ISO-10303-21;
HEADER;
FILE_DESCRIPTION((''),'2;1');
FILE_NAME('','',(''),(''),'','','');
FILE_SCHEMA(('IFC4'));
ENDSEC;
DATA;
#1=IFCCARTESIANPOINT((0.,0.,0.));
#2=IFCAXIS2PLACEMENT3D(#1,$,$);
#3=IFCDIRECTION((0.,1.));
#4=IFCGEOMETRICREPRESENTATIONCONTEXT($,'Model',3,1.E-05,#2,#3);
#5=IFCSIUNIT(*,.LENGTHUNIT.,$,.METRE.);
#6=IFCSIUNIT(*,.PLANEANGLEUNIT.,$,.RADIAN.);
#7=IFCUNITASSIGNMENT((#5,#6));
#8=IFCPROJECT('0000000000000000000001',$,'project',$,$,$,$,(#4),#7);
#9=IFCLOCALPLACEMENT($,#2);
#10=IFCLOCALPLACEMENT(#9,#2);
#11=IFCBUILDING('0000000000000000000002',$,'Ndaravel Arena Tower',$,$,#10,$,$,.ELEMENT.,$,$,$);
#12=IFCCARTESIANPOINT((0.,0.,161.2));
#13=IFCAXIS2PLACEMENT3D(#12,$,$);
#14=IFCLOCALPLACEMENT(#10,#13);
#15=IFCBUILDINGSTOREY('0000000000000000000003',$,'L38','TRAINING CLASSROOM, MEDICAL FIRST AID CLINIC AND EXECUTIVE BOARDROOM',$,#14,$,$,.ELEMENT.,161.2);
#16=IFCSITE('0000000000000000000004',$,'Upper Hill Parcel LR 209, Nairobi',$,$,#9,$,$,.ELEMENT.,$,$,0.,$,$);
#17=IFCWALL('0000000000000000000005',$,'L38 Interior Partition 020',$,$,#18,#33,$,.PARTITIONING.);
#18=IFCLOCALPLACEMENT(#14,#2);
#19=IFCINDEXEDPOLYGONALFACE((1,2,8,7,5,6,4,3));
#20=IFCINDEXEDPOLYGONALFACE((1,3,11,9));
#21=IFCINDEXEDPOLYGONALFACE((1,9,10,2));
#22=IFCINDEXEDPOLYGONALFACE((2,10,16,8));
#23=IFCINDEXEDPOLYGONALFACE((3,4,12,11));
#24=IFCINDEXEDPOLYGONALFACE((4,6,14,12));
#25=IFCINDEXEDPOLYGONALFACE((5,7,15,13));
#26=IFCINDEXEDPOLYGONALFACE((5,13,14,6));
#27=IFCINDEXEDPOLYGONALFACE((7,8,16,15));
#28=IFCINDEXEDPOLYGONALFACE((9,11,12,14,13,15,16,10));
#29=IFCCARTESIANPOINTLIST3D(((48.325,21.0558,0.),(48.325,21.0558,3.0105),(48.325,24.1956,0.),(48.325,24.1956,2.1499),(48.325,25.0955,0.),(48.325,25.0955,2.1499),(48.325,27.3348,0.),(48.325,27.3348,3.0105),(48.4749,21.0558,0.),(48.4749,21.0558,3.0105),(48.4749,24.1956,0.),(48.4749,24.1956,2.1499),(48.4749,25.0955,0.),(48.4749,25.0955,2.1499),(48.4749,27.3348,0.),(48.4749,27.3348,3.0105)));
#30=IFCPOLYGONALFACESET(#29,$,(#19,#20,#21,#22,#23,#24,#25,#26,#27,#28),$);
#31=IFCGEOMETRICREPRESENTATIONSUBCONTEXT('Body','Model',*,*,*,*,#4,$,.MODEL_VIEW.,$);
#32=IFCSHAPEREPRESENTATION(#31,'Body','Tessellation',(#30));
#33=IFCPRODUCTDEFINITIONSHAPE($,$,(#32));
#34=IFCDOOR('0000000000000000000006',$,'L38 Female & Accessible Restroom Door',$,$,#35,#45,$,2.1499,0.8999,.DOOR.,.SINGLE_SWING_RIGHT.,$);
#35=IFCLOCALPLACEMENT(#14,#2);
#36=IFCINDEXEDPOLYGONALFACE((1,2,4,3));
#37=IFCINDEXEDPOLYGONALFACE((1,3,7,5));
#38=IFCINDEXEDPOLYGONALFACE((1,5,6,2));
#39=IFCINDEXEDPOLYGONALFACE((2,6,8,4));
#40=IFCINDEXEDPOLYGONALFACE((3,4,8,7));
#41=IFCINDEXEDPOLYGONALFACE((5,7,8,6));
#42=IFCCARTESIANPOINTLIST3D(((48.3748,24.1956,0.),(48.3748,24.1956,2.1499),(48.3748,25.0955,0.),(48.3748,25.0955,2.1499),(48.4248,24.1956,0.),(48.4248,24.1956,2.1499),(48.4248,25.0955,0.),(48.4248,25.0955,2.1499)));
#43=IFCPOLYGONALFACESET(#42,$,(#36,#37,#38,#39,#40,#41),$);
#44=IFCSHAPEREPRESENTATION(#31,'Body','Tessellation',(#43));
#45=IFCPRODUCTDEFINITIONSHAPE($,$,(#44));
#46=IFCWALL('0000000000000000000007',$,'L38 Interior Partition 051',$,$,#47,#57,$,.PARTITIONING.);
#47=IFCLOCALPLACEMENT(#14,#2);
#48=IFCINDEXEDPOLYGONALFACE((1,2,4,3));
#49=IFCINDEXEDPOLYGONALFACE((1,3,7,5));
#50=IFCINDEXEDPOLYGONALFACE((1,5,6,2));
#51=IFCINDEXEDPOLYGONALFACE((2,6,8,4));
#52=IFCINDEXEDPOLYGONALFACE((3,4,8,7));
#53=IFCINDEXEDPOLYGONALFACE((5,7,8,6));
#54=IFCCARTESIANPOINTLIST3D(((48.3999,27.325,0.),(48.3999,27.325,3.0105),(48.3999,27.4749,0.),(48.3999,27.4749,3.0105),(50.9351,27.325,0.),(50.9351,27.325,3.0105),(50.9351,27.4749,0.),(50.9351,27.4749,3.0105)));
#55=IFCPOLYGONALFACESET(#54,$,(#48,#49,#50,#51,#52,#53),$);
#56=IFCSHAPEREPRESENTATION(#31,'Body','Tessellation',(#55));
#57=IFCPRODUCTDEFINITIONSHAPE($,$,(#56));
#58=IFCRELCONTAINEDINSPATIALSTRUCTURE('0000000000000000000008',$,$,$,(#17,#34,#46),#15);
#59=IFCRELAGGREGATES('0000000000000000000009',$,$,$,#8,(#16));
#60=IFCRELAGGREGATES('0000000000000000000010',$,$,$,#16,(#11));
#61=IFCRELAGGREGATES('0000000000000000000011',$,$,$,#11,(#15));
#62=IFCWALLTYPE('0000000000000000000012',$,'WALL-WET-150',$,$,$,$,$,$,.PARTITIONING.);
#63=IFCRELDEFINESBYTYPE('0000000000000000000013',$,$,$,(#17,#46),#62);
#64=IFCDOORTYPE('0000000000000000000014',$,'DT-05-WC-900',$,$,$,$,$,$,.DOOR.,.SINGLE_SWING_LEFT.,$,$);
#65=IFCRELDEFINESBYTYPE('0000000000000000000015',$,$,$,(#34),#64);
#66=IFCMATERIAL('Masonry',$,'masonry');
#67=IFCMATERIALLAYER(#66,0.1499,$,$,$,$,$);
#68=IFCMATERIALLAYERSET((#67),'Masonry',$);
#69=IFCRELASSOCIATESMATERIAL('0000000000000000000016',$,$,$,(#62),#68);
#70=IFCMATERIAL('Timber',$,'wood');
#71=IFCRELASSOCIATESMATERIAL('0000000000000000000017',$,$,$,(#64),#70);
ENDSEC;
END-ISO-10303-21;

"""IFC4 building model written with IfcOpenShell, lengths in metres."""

from ifc_helpers import new_model, si_unit, direction, frame, frame_2d, origin, place, context, subcontext, project, spatial, rectangle, extrude, material, layer, layer_set, type_object, element, fill, save


model = new_model("IFC4")

# Units and contexts
model_context = context("Model", 3, precision=1e-05, world=origin(), true_north=direction((0.0, 1.0)))
body_context = subcontext(model_context, "Body", "Model", "MODEL_VIEW")
ifc_project = project(units=[si_unit("LENGTHUNIT", "METRE"), si_unit("PLANEANGLEUNIT", "RADIAN")], contexts=[model_context])

# Site, building, storey
site_placement = place(None, origin())
site = spatial("IfcSite", under=ifc_project, at=site_placement, Name="Upper Hill Parcel LR 209, Nairobi", CompositionType="ELEMENT", RefElevation=0.0)
building_placement = place(site_placement, origin())
building = spatial("IfcBuilding", under=site, at=building_placement, Name="Ndaravel Arena Tower", CompositionType="ELEMENT")
storey_placement = place(building_placement, frame((0.0, 0.0, 161.2)))
storey = spatial("IfcBuildingStorey", under=building, at=storey_placement, Name="L38", Description="TRAINING CLASSROOM, MEDICAL FIRST AID CLINIC AND EXECUTIVE BOARDROOM", CompositionType="ELEMENT", Elevation=161.2)

# Wall, opening, door
ifc_material_1 = material(Name="Masonry", Category="masonry")
ifc_layer_1 = layer(ifc_material_1, 0.1499)
ifc_layer_set_1 = layer_set([ifc_layer_1], Name="Masonry")
wall_type_1 = type_object("IfcWallType", Name="WALL-WET-150", PredefinedType="PARTITIONING", material=ifc_layer_set_1)
wall_1_placement = place(storey_placement, frame((48.3999, 27.335, 0.0), z_axis=(0.0, 0.0, 1.0), x_axis=(0.0, -1.0, 0.0)))
wall_1 = element("IfcWall", 1, at=wall_1_placement, inside=storey, type_object=wall_type_1, Name="L38 Interior Partition 020", PredefinedType="PARTITIONING", context=body_context, shape_type="SweptSolid", body=[
    extrude(rectangle(XDim=6.2791, YDim=0.1499, at=frame_2d((3.1396, 0.0))), origin(), (0.0, 0.0, 1.0), 3.0105),
])
opening_1_placement = place(wall_1_placement, frame((2.2395, 0.0, 0.0)))
opening_1 = element("IfcOpeningElement", 2, at=opening_1_placement, cuts=wall_1, PredefinedType="OPENING", context=body_context, shape_type="SweptSolid", body=[
    extrude(rectangle(XDim=0.8999, YDim=2.1499, at=frame_2d((0.45, 1.075))), frame((0.0, 0.075, 0.0), z_axis=(0.0, -1.0, 0.0), x_axis=(1.0, 0.0, 0.0)), (0.0, 0.0, 1.0), 0.1499),
])
ifc_material_2 = material(Name="Timber", Category="wood")
door_type_1 = type_object("IfcDoorType", Name="DT-05-WC-900", OperationType="SINGLE_SWING_LEFT", PredefinedType="DOOR", material=ifc_material_2)
door_1_placement = place(opening_1_placement, origin())
door_1 = element("IfcDoor", 3, at=door_1_placement, inside=storey, type_object=door_type_1, Name="L38 Female & Accessible Restroom Door", OperationType="SINGLE_SWING_RIGHT", OverallHeight=2.1499, OverallWidth=0.8999, PredefinedType="DOOR", context=body_context, shape_type="SweptSolid", body=[
    extrude(rectangle(XDim=0.8999, YDim=2.1499, at=frame_2d((0.45, 1.075))), frame((0.0, 0.0249, 0.0), z_axis=(0.0, -1.0, 0.0), x_axis=(1.0, 0.0, 0.0)), (0.0, 0.0, 1.0), 0.05),
])
fill(opening_1, door_1)

# Wall
wall_2_placement = place(storey_placement, frame((48.3999, 27.3999, 0.0), z_axis=(0.0, 0.0, 1.0), x_axis=(1.0, 0.0, 0.0)))
element("IfcWall", 4, at=wall_2_placement, inside=storey, type_object=wall_type_1, Name="L38 Interior Partition 051", PredefinedType="PARTITIONING", context=body_context, shape_type="SweptSolid", body=[
    extrude(rectangle(XDim=2.5352, YDim=0.1499, at=frame_2d((1.2676, 0.0))), origin(), (0.0, 0.0, 1.0), 3.0105),
])

save(model, "model.ifc")
